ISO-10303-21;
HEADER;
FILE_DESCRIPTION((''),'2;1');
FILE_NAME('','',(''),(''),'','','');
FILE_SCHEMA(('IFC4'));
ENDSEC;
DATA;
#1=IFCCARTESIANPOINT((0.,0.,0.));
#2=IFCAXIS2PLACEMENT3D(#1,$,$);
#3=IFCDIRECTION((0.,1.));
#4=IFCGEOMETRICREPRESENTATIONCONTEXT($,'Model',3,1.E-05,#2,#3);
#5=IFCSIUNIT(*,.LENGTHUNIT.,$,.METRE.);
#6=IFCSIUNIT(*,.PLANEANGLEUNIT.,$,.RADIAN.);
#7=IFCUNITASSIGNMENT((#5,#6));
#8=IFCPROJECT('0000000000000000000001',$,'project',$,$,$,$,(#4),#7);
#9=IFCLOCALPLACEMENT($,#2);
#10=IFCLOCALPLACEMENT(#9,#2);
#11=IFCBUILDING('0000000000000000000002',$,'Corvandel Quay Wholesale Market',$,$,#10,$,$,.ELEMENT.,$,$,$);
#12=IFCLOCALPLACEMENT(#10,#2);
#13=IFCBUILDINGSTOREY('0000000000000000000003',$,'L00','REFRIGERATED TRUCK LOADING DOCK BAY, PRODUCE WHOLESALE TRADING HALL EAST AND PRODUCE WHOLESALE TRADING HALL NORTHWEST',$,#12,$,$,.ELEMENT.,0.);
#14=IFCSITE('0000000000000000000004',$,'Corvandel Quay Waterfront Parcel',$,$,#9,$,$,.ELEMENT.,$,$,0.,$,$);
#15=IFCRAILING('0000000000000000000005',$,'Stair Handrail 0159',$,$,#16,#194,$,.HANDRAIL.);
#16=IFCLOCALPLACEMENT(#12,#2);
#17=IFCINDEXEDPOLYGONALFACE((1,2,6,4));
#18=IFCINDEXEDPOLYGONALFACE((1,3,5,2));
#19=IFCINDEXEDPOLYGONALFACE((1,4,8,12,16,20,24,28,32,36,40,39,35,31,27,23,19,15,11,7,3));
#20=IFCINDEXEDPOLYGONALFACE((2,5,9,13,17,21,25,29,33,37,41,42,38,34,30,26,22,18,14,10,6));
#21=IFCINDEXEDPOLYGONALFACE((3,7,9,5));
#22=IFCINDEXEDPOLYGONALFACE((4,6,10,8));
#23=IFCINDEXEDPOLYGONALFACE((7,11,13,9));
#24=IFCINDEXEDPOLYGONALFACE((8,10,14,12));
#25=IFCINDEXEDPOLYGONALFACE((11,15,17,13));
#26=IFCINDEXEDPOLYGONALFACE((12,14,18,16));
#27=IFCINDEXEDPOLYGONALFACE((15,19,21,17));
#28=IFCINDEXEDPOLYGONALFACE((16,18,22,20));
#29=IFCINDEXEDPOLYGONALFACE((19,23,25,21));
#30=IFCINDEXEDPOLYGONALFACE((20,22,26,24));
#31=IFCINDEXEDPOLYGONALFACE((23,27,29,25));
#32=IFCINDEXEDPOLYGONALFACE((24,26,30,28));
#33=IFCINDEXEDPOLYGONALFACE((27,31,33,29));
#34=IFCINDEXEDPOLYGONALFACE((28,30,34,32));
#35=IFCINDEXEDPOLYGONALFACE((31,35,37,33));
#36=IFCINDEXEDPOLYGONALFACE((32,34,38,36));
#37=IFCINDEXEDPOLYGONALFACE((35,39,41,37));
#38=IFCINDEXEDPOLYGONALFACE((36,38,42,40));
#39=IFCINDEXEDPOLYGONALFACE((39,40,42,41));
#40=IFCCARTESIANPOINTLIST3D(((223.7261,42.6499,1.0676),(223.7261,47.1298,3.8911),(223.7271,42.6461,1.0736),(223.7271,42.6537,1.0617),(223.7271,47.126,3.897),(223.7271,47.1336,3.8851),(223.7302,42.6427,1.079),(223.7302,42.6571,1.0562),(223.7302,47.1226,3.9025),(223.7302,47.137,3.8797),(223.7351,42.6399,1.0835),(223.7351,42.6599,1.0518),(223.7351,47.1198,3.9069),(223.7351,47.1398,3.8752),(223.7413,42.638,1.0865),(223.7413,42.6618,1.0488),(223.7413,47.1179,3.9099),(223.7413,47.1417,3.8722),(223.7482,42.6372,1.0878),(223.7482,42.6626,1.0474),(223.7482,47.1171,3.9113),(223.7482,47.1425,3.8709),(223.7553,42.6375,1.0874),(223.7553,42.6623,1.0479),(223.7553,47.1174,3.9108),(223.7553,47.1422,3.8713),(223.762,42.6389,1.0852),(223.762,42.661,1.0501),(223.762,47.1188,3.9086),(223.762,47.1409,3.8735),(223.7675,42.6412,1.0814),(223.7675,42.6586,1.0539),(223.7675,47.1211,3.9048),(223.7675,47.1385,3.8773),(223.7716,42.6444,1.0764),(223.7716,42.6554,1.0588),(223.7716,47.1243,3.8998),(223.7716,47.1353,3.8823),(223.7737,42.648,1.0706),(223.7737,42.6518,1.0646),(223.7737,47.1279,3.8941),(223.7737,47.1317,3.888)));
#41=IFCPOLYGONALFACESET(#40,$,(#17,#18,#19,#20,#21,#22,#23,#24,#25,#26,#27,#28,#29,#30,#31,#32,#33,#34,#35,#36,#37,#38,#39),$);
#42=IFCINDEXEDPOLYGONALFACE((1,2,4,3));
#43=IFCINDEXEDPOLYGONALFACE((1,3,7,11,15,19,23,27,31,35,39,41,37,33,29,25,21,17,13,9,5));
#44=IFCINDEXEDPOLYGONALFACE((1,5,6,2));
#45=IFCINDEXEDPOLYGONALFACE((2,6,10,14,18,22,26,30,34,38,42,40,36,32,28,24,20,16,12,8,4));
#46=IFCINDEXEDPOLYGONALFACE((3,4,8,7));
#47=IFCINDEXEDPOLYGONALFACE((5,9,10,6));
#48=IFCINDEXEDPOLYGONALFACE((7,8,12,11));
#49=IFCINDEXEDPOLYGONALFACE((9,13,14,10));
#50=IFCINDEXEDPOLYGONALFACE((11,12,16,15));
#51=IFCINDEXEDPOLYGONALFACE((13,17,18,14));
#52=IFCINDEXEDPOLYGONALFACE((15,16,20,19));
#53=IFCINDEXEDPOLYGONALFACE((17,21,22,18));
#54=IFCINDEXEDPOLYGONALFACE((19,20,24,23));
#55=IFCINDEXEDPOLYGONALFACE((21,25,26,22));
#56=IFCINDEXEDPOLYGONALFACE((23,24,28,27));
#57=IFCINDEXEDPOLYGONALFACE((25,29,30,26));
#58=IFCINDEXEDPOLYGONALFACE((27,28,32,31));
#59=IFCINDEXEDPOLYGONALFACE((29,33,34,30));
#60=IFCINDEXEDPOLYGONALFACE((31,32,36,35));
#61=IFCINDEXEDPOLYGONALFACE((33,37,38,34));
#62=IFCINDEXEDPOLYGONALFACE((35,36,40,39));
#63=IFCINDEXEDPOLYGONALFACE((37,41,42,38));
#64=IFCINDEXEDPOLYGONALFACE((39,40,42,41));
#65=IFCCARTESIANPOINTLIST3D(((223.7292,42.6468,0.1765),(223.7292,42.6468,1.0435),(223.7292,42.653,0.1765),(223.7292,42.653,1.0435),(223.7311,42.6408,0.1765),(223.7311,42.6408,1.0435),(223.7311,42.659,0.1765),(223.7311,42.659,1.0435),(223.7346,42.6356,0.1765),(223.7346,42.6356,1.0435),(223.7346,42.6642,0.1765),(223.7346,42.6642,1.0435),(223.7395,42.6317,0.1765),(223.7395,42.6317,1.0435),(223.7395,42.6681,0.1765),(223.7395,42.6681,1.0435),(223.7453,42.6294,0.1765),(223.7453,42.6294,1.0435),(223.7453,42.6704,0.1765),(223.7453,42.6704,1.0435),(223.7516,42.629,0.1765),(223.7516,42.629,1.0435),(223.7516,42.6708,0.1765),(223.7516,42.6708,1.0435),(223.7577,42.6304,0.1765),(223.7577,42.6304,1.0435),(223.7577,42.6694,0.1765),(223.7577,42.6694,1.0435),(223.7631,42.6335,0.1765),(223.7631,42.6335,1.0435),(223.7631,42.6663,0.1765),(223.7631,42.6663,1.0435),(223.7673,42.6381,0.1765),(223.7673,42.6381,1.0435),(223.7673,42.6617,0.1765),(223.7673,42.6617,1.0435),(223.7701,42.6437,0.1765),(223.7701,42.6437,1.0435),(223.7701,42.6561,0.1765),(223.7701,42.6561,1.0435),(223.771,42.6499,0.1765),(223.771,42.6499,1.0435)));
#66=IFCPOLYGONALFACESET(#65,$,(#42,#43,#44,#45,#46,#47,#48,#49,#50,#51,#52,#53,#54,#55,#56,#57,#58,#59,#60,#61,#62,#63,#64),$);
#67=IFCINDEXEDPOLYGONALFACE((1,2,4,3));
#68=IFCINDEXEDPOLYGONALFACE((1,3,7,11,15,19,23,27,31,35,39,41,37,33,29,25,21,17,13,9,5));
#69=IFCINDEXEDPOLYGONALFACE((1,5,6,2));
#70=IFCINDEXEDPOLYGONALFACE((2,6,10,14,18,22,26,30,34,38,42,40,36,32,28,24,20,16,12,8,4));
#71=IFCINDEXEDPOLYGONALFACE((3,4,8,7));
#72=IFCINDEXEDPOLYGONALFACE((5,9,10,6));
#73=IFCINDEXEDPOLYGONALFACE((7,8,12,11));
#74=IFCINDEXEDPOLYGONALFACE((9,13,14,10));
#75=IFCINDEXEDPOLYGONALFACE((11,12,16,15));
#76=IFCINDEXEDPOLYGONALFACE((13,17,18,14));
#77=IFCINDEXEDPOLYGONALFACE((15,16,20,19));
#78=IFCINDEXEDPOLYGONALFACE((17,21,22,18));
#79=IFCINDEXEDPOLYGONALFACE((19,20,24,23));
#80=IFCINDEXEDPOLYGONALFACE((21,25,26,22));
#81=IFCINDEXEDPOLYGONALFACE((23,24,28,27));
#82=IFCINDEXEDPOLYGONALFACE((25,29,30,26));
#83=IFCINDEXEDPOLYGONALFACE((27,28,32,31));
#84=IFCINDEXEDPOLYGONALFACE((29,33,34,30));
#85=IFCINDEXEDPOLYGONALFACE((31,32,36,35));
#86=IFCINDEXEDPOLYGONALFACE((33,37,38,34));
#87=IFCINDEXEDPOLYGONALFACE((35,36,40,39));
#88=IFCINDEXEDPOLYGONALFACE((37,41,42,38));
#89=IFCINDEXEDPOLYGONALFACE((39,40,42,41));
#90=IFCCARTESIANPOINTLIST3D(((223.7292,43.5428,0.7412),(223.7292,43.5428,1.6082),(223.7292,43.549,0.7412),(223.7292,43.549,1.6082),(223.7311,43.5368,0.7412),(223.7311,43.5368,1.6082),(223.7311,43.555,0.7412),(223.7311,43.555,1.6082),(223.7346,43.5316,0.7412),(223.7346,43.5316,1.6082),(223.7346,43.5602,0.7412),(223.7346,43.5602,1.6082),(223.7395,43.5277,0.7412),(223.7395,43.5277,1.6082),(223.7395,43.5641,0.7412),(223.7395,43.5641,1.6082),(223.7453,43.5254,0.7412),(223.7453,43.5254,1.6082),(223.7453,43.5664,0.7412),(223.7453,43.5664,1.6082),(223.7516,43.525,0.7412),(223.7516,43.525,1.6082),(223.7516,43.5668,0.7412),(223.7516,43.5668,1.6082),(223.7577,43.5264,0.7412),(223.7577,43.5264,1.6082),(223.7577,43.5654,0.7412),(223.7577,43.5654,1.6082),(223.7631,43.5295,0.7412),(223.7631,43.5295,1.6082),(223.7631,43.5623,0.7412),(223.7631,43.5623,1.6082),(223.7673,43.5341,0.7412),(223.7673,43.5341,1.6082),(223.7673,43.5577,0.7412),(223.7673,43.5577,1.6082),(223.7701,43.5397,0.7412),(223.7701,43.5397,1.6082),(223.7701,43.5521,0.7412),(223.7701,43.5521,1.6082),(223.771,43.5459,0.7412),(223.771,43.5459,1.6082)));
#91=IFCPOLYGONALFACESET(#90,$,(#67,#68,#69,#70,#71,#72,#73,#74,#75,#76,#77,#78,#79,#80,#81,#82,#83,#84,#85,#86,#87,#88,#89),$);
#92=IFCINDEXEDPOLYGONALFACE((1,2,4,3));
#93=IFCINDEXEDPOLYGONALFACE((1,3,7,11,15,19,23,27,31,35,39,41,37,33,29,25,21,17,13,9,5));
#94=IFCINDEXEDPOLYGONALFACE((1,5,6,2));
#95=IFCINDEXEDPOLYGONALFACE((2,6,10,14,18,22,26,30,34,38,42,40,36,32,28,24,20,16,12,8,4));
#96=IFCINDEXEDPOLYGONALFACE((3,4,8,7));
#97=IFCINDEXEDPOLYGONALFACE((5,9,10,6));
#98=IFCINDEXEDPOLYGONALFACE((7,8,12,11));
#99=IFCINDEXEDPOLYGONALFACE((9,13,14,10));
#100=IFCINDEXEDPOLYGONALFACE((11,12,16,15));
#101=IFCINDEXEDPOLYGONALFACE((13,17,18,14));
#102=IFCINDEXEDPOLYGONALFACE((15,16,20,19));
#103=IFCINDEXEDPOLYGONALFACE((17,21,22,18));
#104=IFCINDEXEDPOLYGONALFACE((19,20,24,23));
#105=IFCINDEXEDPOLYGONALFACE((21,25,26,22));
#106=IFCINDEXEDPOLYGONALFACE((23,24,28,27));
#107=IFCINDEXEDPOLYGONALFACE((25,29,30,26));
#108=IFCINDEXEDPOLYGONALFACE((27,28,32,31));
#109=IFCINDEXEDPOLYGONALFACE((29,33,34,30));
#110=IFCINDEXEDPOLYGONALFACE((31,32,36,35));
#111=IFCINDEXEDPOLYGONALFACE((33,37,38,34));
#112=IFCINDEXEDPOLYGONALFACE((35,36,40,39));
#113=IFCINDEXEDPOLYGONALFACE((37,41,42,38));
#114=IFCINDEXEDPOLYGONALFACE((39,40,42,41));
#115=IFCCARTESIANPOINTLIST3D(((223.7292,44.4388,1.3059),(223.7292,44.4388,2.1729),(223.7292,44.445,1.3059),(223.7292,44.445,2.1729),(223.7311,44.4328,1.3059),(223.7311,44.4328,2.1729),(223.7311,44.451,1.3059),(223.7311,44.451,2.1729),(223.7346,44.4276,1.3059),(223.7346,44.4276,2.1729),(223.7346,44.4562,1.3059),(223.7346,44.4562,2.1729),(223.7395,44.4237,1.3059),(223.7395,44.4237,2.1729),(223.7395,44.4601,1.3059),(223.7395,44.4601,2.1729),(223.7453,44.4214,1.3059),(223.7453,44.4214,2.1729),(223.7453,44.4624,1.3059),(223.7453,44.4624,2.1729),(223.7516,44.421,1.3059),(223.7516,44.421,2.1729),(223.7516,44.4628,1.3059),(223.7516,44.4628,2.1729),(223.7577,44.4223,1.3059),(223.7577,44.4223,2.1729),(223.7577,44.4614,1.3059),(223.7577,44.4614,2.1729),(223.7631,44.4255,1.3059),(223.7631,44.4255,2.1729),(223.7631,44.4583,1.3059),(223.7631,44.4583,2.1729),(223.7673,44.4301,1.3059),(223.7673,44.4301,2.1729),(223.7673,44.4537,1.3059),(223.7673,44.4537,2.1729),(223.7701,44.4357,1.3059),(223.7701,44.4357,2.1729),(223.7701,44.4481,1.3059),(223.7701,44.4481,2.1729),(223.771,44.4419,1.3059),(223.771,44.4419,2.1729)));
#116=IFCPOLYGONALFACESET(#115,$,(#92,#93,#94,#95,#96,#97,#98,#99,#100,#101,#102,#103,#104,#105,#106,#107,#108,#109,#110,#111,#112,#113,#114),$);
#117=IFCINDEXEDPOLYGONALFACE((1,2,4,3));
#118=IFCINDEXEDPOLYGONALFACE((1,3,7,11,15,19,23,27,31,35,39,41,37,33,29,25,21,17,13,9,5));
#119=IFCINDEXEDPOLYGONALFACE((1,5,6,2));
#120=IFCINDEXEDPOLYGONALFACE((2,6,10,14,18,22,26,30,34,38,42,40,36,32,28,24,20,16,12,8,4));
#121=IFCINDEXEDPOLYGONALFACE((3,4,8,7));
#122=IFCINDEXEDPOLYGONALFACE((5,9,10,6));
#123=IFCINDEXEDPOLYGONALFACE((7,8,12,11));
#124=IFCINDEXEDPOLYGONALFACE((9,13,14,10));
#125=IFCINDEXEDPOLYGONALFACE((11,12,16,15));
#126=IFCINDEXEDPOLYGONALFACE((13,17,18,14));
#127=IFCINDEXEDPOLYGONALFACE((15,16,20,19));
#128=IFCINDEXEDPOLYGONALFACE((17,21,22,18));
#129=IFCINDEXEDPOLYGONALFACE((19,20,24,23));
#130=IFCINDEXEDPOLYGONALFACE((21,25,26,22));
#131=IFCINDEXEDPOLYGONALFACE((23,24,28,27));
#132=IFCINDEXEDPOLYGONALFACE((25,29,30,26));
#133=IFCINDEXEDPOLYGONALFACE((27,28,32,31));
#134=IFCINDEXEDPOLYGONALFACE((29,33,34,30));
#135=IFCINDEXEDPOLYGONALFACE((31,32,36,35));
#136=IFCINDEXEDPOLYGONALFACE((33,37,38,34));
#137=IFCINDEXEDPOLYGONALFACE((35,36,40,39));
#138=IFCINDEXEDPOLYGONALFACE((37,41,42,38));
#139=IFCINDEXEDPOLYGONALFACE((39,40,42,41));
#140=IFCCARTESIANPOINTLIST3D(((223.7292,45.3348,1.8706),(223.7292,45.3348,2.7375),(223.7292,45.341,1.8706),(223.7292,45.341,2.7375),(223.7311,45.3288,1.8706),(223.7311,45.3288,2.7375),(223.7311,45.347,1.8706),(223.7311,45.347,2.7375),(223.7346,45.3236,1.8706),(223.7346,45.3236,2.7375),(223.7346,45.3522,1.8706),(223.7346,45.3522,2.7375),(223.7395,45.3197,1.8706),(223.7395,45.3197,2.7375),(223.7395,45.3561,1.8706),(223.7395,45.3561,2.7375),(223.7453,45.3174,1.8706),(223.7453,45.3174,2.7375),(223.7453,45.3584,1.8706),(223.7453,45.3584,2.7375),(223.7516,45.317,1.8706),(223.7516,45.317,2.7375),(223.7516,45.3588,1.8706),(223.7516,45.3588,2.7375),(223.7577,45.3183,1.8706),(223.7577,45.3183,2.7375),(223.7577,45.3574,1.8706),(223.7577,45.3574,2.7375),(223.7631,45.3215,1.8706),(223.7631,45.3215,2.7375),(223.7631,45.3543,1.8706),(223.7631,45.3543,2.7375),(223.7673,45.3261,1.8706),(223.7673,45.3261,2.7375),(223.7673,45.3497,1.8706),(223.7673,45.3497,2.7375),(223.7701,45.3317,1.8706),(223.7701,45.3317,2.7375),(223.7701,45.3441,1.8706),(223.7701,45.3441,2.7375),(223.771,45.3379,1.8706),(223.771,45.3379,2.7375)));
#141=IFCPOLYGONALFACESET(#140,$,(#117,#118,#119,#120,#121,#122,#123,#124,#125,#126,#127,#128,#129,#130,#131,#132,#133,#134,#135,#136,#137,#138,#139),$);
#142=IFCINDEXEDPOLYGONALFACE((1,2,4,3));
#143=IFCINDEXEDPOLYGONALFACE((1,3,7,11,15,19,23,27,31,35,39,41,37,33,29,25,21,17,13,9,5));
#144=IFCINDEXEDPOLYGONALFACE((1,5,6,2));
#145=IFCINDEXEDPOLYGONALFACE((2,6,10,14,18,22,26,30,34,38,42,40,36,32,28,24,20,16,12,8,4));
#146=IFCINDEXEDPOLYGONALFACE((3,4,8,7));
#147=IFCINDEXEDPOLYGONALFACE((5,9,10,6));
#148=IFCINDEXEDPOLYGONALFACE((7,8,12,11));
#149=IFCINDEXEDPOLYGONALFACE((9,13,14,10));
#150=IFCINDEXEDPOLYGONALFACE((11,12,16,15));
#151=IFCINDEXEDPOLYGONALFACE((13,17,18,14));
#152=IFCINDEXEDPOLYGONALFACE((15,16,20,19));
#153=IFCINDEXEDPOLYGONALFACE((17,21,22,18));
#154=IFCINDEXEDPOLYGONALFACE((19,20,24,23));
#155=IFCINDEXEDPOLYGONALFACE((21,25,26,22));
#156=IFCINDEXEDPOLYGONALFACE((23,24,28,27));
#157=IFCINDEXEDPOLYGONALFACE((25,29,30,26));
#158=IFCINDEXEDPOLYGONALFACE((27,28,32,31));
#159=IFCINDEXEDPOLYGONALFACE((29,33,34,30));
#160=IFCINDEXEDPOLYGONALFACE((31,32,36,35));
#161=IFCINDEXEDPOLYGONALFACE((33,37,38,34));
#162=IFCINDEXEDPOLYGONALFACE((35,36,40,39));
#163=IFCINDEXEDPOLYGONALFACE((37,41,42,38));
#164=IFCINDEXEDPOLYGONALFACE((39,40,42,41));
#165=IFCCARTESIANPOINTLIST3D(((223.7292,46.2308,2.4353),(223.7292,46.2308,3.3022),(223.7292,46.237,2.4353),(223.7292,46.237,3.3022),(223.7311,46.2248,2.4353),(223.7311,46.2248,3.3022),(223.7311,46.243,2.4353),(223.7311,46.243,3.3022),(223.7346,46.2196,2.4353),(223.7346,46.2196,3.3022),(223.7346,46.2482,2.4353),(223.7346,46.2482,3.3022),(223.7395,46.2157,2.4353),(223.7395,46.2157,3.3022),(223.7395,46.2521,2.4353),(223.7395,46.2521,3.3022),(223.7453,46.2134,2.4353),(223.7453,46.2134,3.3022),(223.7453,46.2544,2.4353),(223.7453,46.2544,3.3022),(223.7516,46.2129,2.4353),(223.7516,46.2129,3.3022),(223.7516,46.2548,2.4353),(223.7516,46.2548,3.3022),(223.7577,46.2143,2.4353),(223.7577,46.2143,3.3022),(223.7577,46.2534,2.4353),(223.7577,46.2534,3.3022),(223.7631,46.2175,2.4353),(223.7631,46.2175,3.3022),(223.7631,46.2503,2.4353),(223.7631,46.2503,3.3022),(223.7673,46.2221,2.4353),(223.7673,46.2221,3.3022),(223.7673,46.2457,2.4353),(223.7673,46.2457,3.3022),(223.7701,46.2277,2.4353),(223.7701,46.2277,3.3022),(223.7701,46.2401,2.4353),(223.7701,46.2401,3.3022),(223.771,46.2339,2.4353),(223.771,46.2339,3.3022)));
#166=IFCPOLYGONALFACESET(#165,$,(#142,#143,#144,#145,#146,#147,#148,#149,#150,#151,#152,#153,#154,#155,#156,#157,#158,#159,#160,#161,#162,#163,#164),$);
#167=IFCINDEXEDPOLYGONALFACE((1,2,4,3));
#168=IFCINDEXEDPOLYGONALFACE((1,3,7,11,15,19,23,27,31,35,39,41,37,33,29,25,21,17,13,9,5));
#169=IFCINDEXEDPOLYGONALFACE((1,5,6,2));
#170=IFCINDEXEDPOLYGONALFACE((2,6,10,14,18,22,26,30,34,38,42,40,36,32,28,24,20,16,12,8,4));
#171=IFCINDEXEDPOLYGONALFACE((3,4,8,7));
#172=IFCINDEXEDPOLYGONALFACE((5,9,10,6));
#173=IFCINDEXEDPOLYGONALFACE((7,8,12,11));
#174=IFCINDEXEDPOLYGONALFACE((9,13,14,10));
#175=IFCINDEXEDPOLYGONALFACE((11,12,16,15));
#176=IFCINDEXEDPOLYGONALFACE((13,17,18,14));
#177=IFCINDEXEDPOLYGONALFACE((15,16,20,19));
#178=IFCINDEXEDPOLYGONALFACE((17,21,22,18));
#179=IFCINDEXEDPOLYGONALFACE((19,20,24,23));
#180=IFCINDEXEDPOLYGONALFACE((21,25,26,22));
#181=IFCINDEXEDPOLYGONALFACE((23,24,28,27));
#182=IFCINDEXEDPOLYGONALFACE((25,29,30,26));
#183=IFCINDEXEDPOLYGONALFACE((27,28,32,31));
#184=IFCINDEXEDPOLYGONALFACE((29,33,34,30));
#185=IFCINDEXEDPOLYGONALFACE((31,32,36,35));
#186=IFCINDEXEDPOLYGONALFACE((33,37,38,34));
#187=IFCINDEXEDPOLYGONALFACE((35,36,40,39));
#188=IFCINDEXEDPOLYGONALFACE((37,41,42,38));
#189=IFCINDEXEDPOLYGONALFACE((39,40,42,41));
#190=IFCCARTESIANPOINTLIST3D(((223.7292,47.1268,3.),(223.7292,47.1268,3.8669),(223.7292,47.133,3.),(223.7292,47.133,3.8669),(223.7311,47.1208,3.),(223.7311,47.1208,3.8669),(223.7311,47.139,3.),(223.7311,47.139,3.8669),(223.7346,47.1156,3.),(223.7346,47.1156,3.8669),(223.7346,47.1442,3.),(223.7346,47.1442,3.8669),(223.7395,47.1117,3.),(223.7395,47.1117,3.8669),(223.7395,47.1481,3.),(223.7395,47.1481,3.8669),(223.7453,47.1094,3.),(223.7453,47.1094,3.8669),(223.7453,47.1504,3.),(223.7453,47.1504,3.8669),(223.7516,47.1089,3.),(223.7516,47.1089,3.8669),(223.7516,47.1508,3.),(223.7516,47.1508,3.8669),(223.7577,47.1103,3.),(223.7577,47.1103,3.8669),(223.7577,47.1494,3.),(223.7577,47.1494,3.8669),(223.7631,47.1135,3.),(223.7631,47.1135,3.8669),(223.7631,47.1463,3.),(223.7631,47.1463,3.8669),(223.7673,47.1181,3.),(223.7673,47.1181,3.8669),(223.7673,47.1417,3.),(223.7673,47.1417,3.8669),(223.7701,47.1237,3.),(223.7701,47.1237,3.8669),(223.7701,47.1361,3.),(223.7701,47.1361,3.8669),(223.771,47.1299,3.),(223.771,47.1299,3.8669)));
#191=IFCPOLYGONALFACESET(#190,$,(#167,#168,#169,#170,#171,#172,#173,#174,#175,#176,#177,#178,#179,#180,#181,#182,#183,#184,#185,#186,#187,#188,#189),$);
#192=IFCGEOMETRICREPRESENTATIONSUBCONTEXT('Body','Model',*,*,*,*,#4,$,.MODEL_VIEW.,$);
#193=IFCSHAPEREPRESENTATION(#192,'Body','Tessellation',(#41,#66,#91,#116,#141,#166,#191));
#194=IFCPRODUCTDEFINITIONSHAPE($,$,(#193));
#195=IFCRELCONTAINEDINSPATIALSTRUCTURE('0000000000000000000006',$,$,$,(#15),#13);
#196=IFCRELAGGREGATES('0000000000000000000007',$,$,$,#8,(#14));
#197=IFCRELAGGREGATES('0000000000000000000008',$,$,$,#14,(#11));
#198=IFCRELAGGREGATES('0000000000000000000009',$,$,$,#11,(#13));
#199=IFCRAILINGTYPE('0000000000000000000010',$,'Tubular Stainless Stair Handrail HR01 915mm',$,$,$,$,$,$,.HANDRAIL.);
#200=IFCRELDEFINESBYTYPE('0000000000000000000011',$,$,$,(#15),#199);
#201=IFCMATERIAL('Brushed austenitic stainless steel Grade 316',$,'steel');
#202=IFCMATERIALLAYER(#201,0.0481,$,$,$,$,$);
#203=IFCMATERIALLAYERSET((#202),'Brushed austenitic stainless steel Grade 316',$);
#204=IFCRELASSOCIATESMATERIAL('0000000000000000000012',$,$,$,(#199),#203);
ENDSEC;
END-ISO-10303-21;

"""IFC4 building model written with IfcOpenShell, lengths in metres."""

from ifc_helpers import new_model, si_unit, direction, frame, origin, origin_2d, place, context, subcontext, project, spatial, circle, extrude, material, layer, layer_set, type_object, element, save


model = new_model("IFC4")

# Units and contexts
model_context = context("Model", 3, precision=1e-05, world=origin(), true_north=direction((0.0, 1.0)))
body_context = subcontext(model_context, "Body", "Model", "MODEL_VIEW")
ifc_project = project(units=[si_unit("LENGTHUNIT", "METRE"), si_unit("PLANEANGLEUNIT", "RADIAN")], contexts=[model_context])

# Site, building, storey
site_placement = place(None, origin())
site = spatial("IfcSite", under=ifc_project, at=site_placement, Name="Corvandel Quay Waterfront Parcel", CompositionType="ELEMENT", RefElevation=0.0)
building_placement = place(site_placement, origin())
building = spatial("IfcBuilding", under=site, at=building_placement, Name="Corvandel Quay Wholesale Market", CompositionType="ELEMENT")
storey_placement = place(building_placement, origin())
storey = spatial("IfcBuildingStorey", under=building, at=storey_placement, Name="L00", Description="REFRIGERATED TRUCK LOADING DOCK BAY, PRODUCE WHOLESALE TRADING HALL EAST AND PRODUCE WHOLESALE TRADING HALL NORTHWEST", CompositionType="ELEMENT", Elevation=0.0)

# Railing
ifc_material_1 = material(Name="Brushed austenitic stainless steel Grade 316", Category="steel")
ifc_layer_1 = layer(ifc_material_1, 0.0481)
ifc_layer_set_1 = layer_set([ifc_layer_1], Name="Brushed austenitic stainless steel Grade 316")
railing_type_1 = type_object("IfcRailingType", Name="Tubular Stainless Stair Handrail HR01 915mm", PredefinedType="HANDRAIL", material=ifc_layer_set_1)
for number, where, name in (
    (1, (223.75, 42.6499, 0.1765), "Stair Handrail 0159"),
):
    element("IfcRailing", number, at=place(storey_placement, frame(where)), inside=storey, type_object=railing_type_1, Name=name, PredefinedType="HANDRAIL", context=body_context, shape_type="SweptSolid", body=[
        extrude(circle(Radius=0.0239, at=origin_2d()), frame((0.0, 0.0, 0.8911), z_axis=(0.0, 0.845998, 0.533186), x_axis=(-1.0, 0.0, 0.0)), (0.0, 0.0, 1.0), 5.2954),
        extrude(circle(Radius=0.021, at=origin_2d()), origin(), (0.0, 0.0, 1.0), 0.8669),
        extrude(circle(Radius=0.021, at=origin_2d()), frame((0.0, 0.896, 0.5647)), (0.0, 0.0, 1.0), 0.8669),
        extrude(circle(Radius=0.021, at=origin_2d()), frame((0.0, 1.792, 1.1294)), (0.0, 0.0, 1.0), 0.8669),
        extrude(circle(Radius=0.021, at=origin_2d()), frame((0.0, 2.688, 1.6941)), (0.0, 0.0, 1.0), 0.8669),
        extrude(circle(Radius=0.021, at=origin_2d()), frame((0.0, 3.584, 2.2588)), (0.0, 0.0, 1.0), 0.8669),
        extrude(circle(Radius=0.021, at=origin_2d()), frame((0.0, 4.48, 2.8235)), (0.0, 0.0, 1.0), 0.8669),
    ])

save(model, "model.ifc")
